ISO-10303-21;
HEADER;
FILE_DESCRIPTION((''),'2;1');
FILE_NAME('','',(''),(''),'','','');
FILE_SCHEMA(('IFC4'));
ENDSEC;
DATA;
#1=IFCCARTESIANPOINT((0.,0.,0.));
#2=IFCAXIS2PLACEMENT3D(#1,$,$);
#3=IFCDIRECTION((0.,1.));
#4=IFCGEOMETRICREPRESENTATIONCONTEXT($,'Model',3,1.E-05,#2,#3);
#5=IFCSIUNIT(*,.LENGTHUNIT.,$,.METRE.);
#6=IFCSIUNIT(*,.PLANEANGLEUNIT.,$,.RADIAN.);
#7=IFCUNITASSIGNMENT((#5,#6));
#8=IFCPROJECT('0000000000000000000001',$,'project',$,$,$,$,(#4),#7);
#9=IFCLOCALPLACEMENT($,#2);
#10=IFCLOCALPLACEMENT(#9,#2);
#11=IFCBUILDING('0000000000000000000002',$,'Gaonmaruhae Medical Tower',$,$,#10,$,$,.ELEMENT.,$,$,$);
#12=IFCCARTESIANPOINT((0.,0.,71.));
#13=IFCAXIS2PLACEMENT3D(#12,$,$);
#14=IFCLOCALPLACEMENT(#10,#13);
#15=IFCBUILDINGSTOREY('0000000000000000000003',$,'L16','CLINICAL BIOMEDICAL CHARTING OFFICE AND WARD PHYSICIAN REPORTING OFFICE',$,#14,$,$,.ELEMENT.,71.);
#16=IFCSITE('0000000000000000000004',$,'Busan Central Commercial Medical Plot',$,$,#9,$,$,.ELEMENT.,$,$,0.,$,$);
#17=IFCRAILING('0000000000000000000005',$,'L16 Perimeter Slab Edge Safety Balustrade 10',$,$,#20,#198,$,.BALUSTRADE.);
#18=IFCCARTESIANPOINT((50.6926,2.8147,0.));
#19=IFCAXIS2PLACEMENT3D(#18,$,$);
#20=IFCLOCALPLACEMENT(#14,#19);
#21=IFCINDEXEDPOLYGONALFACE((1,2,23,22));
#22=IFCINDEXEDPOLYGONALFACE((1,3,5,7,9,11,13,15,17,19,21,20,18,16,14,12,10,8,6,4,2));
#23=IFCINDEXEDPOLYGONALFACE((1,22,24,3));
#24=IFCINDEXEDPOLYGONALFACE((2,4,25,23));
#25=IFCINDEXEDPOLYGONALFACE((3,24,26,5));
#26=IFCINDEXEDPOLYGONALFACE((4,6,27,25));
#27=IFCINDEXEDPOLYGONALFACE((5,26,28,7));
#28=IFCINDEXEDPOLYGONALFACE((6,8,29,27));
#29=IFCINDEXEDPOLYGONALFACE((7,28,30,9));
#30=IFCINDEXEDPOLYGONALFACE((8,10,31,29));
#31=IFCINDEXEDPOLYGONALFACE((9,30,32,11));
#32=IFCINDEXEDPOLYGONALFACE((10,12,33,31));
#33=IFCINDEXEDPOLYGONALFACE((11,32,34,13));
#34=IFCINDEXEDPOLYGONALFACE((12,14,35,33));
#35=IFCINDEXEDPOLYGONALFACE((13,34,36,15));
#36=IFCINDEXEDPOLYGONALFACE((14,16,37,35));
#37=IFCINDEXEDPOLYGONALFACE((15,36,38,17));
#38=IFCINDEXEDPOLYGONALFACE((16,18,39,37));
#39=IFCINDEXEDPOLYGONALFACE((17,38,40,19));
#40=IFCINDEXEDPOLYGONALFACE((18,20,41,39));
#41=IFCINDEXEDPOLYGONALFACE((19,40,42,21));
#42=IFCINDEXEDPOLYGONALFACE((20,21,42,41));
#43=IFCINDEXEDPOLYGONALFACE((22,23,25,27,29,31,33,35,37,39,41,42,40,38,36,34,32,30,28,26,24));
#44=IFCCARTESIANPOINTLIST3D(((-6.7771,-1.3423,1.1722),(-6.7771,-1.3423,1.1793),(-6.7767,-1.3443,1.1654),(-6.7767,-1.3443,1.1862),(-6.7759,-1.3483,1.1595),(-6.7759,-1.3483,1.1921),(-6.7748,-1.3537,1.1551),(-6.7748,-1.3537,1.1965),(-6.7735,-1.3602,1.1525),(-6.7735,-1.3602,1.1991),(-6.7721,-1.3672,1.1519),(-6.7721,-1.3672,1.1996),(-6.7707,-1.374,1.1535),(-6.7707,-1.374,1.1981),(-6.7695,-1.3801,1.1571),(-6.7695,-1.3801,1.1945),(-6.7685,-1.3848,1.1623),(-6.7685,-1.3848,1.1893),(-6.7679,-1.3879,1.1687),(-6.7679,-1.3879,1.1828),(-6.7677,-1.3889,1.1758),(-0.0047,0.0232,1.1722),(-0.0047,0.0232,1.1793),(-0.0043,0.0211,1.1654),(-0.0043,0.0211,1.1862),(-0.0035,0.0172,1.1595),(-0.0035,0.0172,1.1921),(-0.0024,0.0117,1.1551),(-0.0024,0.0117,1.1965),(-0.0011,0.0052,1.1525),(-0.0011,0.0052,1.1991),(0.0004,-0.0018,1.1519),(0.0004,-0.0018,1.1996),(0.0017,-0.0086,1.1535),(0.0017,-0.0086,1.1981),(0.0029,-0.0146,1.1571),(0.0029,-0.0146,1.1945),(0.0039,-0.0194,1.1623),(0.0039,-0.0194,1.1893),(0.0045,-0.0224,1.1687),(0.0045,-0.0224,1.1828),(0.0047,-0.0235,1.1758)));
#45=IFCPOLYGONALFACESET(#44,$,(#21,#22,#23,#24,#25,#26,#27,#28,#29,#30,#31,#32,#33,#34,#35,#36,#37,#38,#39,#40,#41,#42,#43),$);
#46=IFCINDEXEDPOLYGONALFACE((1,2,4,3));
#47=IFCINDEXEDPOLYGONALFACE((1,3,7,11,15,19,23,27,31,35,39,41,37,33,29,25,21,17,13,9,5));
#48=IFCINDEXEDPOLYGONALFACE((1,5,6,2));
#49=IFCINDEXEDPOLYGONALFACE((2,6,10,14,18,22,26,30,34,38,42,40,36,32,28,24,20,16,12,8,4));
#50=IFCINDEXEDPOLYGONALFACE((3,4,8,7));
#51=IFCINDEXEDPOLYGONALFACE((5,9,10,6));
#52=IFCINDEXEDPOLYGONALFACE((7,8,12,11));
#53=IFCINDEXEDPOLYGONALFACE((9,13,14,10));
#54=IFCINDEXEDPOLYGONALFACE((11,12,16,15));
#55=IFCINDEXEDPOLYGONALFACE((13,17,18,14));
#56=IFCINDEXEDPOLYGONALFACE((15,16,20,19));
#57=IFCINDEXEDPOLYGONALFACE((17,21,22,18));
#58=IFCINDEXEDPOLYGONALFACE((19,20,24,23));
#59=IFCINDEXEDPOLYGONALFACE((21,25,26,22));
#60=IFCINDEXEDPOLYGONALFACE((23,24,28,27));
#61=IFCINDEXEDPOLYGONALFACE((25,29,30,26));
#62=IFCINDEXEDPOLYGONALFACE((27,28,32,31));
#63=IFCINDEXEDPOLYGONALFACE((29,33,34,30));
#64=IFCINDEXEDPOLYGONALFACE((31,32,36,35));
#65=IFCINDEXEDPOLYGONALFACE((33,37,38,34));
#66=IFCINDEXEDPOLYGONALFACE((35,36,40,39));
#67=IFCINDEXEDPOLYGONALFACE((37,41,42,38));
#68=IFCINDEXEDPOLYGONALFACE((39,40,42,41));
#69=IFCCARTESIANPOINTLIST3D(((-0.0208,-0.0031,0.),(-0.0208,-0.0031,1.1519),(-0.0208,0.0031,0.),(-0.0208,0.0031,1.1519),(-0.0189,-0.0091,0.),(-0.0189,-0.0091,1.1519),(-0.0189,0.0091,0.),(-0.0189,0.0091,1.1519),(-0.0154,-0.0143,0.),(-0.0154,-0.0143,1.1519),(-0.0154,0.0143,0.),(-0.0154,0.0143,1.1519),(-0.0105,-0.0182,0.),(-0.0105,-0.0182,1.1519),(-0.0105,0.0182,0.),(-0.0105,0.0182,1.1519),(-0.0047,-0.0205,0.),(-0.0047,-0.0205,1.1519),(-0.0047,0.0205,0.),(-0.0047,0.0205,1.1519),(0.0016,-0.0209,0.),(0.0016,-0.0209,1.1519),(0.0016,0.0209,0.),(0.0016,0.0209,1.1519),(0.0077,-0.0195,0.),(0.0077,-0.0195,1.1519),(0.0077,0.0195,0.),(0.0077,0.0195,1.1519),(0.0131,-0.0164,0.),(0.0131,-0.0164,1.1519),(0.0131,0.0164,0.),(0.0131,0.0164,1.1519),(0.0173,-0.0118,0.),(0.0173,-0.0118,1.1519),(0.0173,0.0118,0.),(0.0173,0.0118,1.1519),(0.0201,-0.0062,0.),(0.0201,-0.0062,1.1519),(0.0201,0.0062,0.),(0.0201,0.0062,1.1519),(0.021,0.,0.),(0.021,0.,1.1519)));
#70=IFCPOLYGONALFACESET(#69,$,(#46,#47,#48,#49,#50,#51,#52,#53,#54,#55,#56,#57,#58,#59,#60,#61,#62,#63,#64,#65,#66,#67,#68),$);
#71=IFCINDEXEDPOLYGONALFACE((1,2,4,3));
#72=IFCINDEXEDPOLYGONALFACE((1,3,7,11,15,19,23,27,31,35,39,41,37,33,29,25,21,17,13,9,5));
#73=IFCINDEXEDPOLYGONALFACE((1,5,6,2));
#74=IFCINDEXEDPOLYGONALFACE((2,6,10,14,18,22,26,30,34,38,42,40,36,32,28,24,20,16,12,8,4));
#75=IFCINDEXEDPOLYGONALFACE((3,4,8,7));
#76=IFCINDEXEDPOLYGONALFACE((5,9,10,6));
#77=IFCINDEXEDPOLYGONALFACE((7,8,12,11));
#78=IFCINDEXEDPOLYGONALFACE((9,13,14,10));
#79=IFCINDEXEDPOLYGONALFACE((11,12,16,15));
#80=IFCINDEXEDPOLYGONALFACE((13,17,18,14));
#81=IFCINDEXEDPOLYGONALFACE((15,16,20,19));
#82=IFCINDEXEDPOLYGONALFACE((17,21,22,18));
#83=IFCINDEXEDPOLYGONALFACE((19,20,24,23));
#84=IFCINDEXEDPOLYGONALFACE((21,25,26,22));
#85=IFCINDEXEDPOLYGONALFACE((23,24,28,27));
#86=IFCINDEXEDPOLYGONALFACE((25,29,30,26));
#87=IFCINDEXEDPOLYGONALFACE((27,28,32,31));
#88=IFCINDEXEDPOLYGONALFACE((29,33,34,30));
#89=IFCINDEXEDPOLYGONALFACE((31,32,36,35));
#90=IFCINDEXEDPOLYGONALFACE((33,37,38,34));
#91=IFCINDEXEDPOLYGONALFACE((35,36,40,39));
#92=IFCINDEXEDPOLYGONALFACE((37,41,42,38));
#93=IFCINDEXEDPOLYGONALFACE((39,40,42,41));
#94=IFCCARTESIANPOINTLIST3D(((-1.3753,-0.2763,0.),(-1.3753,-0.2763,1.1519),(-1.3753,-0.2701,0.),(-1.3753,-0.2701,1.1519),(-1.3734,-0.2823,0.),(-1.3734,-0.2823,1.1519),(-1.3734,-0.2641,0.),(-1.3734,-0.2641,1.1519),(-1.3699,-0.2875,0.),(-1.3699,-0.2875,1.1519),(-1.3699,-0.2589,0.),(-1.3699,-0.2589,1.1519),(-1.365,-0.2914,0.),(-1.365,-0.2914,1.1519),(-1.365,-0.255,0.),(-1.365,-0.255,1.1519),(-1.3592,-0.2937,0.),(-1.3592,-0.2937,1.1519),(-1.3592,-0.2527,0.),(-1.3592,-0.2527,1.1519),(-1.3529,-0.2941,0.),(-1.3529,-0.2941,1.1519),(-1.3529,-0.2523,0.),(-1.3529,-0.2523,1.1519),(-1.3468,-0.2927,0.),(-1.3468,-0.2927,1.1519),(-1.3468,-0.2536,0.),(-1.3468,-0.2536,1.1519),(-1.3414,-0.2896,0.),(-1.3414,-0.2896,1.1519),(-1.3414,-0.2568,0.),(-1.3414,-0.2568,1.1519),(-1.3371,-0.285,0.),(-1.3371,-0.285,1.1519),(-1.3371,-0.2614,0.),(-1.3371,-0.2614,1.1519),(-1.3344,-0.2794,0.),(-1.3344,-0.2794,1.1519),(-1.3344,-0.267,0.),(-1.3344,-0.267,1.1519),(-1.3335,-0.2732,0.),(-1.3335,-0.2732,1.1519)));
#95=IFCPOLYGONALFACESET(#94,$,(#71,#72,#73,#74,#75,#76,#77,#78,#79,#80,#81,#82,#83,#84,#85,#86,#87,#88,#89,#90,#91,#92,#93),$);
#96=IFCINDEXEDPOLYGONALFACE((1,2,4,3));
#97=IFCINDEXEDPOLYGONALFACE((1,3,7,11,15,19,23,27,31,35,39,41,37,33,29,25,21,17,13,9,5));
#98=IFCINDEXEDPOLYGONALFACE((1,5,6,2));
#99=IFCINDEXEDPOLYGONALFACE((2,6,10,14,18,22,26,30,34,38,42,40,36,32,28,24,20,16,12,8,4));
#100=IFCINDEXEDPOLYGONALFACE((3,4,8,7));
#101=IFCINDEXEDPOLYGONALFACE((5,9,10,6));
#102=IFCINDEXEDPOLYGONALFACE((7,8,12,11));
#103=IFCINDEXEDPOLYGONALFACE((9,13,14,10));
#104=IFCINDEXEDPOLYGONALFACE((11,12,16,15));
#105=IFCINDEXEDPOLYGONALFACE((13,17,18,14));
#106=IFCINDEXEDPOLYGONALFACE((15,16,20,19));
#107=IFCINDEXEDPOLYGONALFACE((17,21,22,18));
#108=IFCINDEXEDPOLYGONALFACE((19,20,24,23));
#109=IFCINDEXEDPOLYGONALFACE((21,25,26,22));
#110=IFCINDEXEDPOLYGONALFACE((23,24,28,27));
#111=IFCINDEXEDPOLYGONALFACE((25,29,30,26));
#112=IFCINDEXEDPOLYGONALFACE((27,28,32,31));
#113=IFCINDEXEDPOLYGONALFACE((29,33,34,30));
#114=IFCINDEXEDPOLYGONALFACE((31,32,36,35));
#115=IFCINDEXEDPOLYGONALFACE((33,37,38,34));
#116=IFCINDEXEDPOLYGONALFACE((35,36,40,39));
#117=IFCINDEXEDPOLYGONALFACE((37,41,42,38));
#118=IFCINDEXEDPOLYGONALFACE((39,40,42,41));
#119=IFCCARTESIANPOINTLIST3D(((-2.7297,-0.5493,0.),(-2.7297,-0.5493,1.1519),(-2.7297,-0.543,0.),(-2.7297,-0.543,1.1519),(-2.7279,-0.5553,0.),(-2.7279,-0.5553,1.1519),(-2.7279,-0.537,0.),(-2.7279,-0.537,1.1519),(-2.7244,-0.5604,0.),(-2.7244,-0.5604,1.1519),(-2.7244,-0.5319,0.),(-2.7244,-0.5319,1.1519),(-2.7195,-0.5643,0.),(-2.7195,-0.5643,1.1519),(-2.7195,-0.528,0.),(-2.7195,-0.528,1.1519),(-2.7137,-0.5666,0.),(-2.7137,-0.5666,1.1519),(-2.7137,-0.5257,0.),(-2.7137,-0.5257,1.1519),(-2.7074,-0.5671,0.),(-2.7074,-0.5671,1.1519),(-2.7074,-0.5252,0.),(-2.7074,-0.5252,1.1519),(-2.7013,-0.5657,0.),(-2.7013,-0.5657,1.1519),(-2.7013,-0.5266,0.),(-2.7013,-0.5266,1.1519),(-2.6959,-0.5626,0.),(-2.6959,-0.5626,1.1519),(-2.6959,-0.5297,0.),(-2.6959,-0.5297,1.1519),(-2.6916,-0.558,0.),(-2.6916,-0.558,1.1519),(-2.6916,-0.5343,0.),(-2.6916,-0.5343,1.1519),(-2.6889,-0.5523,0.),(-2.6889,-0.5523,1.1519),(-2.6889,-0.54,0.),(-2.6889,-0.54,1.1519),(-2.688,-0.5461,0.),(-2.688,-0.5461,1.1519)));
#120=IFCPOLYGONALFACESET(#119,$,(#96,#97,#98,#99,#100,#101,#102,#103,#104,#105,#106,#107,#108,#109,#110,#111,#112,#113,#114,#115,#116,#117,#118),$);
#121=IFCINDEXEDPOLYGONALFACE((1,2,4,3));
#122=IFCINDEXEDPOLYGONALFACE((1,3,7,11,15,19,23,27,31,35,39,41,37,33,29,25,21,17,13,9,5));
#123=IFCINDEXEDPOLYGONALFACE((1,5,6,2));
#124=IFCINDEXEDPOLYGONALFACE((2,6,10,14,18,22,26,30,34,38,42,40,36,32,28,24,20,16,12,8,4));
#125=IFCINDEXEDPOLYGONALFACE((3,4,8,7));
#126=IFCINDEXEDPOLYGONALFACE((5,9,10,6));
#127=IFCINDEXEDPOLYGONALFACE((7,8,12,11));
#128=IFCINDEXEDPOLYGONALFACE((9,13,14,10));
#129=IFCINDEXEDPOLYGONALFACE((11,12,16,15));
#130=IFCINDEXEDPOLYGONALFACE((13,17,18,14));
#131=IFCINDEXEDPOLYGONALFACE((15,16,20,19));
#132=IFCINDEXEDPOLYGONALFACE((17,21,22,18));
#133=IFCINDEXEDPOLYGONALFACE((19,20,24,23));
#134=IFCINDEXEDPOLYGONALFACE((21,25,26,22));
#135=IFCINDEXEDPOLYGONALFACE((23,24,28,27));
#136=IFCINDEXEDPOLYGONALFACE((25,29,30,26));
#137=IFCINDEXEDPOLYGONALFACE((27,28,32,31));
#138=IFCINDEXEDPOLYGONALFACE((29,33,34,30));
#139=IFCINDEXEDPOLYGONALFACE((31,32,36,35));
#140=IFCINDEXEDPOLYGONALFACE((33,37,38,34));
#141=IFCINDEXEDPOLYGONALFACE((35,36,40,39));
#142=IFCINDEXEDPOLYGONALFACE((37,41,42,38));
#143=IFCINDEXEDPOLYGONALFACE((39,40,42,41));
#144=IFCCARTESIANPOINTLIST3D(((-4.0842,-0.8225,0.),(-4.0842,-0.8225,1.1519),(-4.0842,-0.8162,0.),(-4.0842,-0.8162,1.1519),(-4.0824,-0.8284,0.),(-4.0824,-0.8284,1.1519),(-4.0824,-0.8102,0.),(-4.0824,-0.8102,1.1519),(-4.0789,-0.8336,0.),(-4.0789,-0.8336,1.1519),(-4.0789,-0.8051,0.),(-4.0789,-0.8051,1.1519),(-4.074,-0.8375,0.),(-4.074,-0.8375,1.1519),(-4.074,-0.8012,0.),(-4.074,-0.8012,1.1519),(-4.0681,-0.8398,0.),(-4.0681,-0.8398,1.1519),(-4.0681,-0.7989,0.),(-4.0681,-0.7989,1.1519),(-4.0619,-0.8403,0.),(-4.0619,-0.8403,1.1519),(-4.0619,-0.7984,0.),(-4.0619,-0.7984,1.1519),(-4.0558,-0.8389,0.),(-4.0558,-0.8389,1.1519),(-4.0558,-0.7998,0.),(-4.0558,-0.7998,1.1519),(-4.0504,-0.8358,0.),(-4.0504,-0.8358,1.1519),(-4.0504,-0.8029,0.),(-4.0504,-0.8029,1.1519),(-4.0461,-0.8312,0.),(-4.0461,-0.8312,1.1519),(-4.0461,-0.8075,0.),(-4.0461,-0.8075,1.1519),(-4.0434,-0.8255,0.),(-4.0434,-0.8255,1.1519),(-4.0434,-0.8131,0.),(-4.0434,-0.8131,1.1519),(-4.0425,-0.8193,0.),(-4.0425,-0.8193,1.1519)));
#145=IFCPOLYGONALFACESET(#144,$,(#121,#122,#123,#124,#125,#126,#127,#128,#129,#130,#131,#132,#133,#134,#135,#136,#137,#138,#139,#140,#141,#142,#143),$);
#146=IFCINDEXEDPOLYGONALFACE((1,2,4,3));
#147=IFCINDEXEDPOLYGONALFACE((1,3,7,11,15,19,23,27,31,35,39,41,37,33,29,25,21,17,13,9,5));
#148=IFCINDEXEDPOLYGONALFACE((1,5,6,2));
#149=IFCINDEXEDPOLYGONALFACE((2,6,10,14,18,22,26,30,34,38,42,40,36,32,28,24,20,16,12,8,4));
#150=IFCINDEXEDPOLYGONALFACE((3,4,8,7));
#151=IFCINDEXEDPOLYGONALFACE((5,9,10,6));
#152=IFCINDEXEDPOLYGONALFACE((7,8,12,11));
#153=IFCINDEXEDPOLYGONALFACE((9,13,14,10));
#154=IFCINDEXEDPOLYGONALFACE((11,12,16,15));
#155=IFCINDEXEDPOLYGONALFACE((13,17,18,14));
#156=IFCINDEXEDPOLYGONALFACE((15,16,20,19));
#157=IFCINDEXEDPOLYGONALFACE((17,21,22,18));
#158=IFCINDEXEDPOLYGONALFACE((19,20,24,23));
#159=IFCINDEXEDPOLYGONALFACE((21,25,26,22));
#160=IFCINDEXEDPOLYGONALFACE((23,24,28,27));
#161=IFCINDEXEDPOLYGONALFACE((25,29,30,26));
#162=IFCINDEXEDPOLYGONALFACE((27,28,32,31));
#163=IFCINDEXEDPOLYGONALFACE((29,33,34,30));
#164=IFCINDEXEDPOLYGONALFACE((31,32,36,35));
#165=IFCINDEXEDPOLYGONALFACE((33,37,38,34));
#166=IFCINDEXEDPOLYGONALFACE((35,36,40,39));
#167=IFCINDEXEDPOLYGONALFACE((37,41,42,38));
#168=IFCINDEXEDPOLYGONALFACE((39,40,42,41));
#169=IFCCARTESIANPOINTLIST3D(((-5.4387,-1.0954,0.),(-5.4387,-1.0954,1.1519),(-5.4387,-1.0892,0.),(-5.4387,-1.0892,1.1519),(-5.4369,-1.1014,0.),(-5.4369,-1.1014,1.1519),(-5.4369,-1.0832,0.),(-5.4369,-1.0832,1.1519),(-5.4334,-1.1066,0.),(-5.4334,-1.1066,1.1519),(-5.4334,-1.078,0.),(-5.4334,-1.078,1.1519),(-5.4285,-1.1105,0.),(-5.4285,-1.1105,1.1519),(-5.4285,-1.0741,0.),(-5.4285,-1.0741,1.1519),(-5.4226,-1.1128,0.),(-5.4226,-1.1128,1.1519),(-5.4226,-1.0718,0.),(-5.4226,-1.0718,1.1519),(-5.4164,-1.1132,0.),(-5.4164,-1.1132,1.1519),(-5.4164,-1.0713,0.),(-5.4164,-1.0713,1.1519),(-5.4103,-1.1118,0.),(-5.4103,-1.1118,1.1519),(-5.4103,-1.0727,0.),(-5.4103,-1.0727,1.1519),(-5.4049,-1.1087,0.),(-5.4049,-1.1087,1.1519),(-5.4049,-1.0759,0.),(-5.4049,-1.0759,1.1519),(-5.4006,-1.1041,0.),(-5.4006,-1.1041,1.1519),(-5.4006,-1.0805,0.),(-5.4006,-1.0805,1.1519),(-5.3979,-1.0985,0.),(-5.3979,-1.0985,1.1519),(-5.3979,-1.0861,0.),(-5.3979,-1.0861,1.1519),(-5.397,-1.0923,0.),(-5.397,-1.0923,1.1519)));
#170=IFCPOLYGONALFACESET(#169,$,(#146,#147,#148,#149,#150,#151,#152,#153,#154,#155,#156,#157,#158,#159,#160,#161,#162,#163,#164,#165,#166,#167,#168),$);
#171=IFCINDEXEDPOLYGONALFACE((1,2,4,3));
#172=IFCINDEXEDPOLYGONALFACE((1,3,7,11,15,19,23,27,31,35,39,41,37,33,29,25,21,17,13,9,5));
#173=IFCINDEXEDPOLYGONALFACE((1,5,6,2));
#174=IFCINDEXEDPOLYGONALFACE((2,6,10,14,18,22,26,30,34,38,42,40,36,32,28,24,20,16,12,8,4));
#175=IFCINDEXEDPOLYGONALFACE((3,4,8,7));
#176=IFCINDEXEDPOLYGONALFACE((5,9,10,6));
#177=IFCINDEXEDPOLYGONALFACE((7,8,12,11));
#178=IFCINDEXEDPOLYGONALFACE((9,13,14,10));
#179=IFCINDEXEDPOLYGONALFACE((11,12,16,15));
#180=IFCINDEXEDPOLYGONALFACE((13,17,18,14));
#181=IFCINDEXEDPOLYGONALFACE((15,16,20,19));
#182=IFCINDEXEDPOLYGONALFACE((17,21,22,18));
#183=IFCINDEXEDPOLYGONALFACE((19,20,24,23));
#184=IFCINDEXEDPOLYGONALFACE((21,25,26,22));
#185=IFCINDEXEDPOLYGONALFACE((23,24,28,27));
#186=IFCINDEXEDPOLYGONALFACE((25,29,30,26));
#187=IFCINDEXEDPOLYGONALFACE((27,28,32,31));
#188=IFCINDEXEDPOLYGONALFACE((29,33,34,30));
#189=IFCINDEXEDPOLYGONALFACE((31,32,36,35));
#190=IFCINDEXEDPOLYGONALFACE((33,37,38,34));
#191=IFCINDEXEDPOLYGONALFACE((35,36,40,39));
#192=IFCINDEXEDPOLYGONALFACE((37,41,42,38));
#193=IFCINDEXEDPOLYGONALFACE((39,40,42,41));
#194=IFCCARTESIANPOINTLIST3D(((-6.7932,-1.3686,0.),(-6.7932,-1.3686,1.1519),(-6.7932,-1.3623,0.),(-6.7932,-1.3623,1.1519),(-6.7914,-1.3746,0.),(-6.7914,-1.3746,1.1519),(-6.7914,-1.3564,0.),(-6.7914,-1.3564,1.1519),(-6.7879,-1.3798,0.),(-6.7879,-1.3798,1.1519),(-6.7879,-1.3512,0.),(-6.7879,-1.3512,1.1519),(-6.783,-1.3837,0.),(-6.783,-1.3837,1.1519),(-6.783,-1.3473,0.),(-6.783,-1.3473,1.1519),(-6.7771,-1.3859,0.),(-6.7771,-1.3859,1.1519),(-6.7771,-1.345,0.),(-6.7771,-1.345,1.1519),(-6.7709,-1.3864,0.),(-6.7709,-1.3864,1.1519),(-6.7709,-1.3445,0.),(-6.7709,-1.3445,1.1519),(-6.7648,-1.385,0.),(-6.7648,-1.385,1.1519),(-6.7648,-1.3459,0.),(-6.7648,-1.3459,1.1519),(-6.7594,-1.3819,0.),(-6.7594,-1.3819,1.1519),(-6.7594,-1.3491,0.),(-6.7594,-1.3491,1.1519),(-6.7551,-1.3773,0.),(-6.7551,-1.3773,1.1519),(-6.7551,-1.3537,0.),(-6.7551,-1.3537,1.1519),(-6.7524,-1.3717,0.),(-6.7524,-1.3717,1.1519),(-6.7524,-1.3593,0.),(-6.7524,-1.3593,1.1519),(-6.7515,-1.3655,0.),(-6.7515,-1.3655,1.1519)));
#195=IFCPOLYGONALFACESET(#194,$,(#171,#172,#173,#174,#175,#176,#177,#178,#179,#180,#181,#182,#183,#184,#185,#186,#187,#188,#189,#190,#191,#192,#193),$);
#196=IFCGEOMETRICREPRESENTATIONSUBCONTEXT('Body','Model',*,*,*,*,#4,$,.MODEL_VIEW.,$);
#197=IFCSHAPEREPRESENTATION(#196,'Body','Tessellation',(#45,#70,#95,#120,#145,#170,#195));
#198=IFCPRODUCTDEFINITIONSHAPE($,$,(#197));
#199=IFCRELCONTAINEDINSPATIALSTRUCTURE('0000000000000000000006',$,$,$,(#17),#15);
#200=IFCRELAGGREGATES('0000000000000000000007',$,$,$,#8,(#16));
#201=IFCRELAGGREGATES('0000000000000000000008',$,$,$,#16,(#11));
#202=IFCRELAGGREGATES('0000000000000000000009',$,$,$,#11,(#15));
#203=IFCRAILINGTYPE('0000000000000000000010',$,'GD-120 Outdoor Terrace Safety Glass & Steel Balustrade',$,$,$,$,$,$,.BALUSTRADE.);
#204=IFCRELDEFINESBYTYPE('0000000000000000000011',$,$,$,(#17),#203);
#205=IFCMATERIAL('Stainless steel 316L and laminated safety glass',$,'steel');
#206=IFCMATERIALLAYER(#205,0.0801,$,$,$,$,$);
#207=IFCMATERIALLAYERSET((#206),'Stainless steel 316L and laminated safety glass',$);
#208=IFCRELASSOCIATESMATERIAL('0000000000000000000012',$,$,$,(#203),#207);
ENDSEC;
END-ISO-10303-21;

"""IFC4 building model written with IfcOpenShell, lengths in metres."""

from ifc_helpers import new_model, si_unit, direction, frame, origin, origin_2d, place, context, subcontext, project, spatial, circle, extrude, material, layer, layer_set, type_object, element, save


model = new_model("IFC4")

# Units and contexts
model_context = context("Model", 3, precision=1e-05, world=origin(), true_north=direction((0.0, 1.0)))
body_context = subcontext(model_context, "Body", "Model", "MODEL_VIEW")
ifc_project = project(units=[si_unit("LENGTHUNIT", "METRE"), si_unit("PLANEANGLEUNIT", "RADIAN")], contexts=[model_context])

# Site, building, storey
site_placement = place(None, origin())
site = spatial("IfcSite", under=ifc_project, at=site_placement, Name="Busan Central Commercial Medical Plot", CompositionType="ELEMENT", RefElevation=0.0)
building_placement = place(site_placement, origin())
building = spatial("IfcBuilding", under=site, at=building_placement, Name="Gaonmaruhae Medical Tower", CompositionType="ELEMENT")
storey_placement = place(building_placement, frame((0.0, 0.0, 71.0)))
storey = spatial("IfcBuildingStorey", under=building, at=storey_placement, Name="L16", Description="CLINICAL BIOMEDICAL CHARTING OFFICE AND WARD PHYSICIAN REPORTING OFFICE", CompositionType="ELEMENT", Elevation=71.0)

# Railing
ifc_material_1 = material(Name="Stainless steel 316L and laminated safety glass", Category="steel")
ifc_layer_1 = layer(ifc_material_1, 0.0801)
ifc_layer_set_1 = layer_set([ifc_layer_1], Name="Stainless steel 316L and laminated safety glass")
railing_type = type_object("IfcRailingType", Name="GD-120 Outdoor Terrace Safety Glass & Steel Balustrade", PredefinedType="BALUSTRADE", material=ifc_layer_set_1)
railing_1_placement = place(storey_placement, frame((50.6926, 2.8147, 0.0)))
element("IfcRailing", 1, at=railing_1_placement, inside=storey, type_object=railing_type, Name="L16 Perimeter Slab Edge Safety Balustrade 10", PredefinedType="BALUSTRADE", context=body_context, shape_type="SweptSolid", body=[
    extrude(circle(Radius=0.0239, at=origin_2d()), frame((0.0, 0.0, 1.1758), z_axis=(-0.980274, -0.197645, 0.0), x_axis=(0.197645, -0.980274, 0.0)), (0.0, 0.0, 1.0), 6.9087),
    extrude(circle(Radius=0.021, at=origin_2d()), origin(), (0.0, 0.0, 1.0), 1.1519),
    extrude(circle(Radius=0.021, at=origin_2d()), frame((-1.3545, -0.2732, 0.0)), (0.0, 0.0, 1.0), 1.1519),
    extrude(circle(Radius=0.021, at=origin_2d()), frame((-2.709, -0.5461, 0.0)), (0.0, 0.0, 1.0), 1.1519),
    extrude(circle(Radius=0.021, at=origin_2d()), frame((-4.0635, -0.8193, 0.0)), (0.0, 0.0, 1.0), 1.1519),
    extrude(circle(Radius=0.021, at=origin_2d()), frame((-5.418, -1.0923, 0.0)), (0.0, 0.0, 1.0), 1.1519),
    extrude(circle(Radius=0.021, at=origin_2d()), frame((-6.7725, -1.3655, 0.0)), (0.0, 0.0, 1.0), 1.1519),
])

save(model, "model.ifc")
